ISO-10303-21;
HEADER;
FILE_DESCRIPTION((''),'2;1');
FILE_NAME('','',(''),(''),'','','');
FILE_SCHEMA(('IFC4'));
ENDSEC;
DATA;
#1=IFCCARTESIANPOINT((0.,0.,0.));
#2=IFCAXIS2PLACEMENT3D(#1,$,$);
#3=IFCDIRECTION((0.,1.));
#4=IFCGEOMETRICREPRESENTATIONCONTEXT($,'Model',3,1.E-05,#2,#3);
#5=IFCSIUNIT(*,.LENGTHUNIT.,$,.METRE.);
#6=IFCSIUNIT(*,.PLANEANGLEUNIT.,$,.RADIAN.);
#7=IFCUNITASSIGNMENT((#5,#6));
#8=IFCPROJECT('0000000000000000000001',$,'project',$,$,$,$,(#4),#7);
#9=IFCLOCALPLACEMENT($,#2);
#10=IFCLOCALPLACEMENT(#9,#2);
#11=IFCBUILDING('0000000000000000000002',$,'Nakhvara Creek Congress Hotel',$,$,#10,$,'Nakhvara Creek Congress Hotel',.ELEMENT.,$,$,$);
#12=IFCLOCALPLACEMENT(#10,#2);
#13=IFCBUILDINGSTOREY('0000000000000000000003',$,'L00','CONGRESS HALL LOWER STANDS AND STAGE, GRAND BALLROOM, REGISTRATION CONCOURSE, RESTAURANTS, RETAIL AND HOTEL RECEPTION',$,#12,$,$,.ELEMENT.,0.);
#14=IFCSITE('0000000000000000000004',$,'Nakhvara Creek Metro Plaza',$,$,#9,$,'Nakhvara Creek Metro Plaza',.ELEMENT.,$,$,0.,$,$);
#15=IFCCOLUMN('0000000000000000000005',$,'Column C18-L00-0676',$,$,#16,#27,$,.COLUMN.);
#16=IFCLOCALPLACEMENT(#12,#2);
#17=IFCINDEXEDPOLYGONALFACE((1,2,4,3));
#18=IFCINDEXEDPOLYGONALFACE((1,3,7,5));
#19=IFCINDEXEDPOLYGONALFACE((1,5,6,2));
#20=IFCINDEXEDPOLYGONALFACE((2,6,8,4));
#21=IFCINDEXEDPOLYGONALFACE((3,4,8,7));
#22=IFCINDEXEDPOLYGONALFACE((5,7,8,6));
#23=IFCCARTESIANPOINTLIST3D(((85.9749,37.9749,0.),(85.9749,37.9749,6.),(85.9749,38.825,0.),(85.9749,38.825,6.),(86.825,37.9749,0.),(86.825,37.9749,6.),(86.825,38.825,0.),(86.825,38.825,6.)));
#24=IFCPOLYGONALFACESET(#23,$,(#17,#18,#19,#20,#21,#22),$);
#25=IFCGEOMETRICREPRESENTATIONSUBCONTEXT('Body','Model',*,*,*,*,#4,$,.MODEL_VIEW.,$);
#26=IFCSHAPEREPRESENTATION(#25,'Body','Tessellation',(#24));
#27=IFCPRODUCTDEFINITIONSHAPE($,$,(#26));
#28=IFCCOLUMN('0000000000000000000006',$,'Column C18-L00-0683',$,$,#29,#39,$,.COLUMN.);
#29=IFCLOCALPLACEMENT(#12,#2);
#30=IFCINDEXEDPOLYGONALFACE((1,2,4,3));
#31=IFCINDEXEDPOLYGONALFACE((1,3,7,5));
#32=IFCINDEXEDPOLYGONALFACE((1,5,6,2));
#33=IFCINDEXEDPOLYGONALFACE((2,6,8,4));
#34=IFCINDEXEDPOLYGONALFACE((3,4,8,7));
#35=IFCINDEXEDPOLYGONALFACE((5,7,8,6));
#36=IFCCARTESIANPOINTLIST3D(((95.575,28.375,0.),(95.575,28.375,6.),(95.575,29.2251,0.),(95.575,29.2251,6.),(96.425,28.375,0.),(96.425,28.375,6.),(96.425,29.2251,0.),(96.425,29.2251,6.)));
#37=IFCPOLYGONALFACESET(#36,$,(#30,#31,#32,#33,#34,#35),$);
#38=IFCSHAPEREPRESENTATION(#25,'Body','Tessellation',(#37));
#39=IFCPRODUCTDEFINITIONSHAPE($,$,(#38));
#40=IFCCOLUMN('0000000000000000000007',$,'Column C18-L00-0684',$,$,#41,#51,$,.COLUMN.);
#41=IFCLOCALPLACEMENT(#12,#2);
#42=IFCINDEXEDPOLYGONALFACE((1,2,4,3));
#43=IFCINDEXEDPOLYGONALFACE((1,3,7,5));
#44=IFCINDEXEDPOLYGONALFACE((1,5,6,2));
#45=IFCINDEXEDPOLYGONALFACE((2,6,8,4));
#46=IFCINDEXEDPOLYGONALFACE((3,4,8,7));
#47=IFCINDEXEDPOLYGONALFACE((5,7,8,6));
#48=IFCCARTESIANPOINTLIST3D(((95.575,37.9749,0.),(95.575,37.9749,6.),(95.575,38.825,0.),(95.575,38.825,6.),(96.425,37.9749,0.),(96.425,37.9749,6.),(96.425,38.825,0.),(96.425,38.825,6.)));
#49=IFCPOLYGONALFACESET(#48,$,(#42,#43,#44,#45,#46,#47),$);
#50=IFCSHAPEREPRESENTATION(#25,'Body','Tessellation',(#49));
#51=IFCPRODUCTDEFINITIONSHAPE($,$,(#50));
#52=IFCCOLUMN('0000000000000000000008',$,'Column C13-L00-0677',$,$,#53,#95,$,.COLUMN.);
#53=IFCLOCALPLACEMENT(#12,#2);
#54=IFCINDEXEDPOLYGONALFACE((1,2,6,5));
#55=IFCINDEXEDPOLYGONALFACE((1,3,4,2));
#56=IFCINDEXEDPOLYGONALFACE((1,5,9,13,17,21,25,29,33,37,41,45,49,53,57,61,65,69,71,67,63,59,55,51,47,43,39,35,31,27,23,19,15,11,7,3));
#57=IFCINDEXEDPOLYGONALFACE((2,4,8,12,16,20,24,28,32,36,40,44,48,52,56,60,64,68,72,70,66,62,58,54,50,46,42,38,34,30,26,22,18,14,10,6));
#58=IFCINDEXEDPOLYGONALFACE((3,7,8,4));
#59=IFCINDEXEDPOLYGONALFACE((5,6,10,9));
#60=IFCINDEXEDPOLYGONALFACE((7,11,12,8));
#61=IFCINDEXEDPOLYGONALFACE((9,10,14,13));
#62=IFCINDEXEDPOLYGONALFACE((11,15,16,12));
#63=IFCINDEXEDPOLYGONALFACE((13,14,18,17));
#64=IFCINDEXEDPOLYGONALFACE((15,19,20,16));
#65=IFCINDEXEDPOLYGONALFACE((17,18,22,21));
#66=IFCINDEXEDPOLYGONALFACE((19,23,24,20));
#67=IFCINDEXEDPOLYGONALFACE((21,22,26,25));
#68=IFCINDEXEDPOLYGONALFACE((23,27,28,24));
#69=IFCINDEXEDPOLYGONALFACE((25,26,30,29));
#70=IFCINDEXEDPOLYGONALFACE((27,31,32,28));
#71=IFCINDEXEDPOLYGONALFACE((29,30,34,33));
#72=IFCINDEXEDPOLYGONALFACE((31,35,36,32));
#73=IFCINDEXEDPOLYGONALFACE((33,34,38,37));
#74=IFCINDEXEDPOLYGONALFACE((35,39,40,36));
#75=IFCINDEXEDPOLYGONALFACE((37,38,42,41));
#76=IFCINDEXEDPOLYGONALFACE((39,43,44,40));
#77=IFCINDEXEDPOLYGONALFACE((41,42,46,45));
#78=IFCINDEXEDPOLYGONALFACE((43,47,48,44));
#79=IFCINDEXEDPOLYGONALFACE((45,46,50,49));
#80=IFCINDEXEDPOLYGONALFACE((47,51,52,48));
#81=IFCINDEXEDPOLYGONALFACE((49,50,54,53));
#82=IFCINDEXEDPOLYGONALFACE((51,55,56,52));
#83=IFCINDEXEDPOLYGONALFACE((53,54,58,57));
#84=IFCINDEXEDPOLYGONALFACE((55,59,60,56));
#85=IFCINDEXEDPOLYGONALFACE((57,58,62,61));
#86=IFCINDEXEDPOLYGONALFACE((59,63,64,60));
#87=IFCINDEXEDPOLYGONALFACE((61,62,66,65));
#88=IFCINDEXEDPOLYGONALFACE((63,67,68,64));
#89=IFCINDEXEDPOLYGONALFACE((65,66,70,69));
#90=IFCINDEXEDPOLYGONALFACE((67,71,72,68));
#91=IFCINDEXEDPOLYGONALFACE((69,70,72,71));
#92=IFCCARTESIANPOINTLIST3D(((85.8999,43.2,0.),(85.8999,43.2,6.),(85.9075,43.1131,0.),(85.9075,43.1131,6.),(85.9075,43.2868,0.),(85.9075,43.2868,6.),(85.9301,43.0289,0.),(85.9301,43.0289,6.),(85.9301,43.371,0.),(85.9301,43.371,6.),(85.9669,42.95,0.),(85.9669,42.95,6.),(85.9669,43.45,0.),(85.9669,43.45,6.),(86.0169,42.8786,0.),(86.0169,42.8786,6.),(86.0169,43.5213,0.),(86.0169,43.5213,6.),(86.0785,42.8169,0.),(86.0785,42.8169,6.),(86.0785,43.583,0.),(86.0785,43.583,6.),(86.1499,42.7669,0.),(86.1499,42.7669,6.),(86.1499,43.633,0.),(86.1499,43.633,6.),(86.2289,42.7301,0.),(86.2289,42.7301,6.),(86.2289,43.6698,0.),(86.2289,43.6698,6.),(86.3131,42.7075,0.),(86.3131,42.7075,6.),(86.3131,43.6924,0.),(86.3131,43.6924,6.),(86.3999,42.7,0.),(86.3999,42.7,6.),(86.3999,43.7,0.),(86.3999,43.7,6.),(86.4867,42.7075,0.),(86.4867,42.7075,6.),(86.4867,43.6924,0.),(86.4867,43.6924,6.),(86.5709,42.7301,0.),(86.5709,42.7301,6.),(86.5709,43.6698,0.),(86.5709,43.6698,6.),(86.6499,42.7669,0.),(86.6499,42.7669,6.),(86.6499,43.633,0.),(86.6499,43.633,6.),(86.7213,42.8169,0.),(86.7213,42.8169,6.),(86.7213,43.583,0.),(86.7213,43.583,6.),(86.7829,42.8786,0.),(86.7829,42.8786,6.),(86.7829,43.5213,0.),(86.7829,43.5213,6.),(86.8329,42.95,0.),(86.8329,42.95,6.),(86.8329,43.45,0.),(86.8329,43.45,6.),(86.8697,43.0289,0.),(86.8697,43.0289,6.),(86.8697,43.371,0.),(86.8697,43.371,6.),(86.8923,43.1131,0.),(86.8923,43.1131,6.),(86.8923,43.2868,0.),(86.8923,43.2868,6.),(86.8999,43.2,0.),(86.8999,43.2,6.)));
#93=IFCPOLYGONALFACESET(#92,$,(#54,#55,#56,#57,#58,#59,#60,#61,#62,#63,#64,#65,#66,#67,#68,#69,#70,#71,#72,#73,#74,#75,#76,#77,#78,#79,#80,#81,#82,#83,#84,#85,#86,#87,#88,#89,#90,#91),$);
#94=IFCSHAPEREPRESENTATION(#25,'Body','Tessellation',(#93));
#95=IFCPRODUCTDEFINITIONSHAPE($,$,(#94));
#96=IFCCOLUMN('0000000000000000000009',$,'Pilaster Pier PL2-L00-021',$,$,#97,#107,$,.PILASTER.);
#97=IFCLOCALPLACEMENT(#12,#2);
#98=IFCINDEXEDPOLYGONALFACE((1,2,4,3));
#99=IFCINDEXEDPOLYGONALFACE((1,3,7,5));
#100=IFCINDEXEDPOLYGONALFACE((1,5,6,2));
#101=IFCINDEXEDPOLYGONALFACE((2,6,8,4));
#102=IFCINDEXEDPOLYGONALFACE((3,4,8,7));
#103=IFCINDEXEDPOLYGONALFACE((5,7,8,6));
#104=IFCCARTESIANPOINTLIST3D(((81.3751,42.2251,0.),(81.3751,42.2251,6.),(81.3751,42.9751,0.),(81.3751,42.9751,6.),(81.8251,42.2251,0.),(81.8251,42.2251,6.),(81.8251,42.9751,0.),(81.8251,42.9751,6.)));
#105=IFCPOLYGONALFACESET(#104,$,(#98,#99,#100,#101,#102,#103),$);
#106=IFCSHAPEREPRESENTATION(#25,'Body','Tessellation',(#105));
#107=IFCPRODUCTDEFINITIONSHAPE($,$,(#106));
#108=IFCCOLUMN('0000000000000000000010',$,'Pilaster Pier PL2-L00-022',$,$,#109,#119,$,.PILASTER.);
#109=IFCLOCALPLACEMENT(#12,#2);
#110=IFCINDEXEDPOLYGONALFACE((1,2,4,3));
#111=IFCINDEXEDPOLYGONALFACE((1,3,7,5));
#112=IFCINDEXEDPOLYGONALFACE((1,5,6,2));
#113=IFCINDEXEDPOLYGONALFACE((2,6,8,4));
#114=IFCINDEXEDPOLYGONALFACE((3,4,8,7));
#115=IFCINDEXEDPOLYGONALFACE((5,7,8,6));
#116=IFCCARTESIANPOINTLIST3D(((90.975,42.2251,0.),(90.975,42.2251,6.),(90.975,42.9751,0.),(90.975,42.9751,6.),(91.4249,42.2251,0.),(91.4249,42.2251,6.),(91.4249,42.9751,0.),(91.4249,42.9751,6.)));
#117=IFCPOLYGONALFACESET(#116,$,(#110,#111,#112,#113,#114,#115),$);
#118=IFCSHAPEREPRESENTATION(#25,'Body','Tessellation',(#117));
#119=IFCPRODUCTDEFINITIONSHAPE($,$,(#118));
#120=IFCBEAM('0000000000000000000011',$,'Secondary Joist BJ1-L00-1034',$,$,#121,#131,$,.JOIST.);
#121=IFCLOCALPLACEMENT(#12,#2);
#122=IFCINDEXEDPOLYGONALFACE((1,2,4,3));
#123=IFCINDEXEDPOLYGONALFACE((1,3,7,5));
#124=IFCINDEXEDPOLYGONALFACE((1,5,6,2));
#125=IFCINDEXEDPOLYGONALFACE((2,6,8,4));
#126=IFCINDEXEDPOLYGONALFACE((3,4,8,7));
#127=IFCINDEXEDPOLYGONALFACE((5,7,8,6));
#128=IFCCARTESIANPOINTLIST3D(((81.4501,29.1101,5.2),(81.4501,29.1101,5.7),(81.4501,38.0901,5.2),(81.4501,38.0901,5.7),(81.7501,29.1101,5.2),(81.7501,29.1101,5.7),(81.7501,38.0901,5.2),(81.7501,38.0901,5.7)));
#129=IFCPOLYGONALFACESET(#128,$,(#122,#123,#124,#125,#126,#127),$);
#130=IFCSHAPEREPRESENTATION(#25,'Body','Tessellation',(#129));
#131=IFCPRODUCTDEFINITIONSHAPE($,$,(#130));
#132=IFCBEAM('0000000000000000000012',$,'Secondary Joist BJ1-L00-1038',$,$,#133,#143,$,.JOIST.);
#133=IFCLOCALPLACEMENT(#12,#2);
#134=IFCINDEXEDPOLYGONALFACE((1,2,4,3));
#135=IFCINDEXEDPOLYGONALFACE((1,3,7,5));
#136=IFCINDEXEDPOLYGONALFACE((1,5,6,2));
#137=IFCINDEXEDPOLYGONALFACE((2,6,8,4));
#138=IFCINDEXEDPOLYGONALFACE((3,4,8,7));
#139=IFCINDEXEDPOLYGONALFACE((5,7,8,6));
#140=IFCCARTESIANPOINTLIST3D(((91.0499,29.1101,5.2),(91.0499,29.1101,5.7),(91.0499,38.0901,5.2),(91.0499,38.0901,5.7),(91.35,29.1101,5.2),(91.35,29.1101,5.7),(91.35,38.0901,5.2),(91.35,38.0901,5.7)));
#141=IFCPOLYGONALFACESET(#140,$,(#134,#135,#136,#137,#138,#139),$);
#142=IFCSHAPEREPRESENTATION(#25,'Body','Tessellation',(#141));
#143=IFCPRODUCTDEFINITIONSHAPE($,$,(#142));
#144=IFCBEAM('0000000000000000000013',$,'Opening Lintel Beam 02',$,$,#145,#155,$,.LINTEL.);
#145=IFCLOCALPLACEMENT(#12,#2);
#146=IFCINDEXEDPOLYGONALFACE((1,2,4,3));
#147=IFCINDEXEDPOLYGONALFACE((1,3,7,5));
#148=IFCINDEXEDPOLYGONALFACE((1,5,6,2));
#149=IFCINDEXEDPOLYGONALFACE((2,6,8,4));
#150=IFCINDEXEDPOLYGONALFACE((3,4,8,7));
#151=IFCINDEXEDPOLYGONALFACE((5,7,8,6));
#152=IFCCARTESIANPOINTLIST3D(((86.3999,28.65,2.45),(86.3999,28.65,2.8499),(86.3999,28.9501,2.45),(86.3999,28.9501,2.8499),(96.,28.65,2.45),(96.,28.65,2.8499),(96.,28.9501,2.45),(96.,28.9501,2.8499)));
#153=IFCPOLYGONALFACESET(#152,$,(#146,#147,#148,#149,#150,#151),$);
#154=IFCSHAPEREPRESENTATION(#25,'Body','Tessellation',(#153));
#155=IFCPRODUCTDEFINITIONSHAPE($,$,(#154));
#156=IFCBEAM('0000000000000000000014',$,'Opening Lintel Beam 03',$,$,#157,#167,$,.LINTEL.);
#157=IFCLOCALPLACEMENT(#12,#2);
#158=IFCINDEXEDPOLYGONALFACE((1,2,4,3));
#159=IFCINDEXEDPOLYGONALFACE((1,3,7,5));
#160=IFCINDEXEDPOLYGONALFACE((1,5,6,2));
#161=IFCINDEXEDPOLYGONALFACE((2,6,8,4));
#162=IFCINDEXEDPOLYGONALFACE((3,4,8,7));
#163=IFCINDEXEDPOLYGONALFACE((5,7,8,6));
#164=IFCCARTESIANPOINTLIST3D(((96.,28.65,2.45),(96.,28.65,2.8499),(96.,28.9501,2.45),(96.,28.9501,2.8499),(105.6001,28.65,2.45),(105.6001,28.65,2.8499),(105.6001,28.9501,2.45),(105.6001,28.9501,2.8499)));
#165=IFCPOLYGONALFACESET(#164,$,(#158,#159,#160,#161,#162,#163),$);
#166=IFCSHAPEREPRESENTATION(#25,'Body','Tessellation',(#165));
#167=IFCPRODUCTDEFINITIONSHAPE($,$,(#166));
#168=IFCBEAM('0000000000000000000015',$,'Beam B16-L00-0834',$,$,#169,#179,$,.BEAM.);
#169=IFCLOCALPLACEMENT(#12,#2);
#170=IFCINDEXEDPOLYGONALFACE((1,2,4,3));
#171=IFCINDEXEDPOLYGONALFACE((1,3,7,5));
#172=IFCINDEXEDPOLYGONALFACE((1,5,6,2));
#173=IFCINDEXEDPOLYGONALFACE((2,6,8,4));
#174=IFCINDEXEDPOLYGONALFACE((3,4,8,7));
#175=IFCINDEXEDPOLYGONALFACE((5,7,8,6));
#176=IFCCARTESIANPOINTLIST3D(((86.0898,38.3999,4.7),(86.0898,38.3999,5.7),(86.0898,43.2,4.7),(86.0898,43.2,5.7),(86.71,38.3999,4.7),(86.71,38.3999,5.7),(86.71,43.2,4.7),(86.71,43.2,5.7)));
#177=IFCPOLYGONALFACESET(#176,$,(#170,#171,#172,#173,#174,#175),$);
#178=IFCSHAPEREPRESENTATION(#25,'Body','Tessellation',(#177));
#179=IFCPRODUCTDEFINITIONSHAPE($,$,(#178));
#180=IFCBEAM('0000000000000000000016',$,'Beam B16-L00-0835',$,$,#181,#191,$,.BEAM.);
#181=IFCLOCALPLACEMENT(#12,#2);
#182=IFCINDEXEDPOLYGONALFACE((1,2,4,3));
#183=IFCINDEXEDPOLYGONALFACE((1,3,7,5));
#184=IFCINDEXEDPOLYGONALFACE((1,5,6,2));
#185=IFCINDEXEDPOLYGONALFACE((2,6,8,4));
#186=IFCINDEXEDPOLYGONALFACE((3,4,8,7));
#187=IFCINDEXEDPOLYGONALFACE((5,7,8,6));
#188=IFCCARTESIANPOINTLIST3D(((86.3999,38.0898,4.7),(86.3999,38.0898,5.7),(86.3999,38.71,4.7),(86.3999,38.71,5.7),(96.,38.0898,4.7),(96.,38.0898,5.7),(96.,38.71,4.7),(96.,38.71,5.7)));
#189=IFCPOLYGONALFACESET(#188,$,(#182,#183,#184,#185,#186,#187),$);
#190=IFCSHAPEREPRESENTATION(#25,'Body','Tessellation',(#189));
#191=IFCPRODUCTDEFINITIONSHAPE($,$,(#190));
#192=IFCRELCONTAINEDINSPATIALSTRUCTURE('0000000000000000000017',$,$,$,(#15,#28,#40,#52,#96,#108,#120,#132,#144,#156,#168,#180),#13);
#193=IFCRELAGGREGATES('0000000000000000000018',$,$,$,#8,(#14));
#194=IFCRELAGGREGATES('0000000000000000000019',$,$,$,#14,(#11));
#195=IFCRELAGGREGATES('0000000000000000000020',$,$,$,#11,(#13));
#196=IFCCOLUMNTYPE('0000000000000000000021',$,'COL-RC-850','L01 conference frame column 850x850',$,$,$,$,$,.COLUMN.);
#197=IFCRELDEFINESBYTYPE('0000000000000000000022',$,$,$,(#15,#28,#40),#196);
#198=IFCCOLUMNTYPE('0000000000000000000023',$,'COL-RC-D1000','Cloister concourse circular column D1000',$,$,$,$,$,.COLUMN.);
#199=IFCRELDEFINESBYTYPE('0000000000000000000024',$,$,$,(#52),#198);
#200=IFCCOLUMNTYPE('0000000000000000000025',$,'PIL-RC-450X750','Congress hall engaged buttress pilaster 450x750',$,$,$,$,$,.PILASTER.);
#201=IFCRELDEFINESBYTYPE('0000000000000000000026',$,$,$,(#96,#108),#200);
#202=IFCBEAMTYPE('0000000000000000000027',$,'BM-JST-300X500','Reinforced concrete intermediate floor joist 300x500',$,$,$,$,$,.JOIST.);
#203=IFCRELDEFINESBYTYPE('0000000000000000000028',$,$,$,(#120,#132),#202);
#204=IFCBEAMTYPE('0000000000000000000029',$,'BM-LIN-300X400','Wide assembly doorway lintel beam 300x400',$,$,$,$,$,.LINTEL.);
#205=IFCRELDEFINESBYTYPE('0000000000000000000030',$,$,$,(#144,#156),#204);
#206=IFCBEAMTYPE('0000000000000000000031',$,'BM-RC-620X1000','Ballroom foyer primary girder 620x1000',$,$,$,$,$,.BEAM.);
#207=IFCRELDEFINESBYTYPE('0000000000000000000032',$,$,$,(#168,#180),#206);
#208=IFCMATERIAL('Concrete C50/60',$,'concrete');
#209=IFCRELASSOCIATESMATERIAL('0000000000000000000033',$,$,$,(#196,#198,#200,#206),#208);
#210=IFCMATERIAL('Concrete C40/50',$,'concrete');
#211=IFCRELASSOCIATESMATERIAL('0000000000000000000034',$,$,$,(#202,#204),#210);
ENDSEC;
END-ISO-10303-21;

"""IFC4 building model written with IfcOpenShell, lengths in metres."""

from ifc_helpers import new_model, si_unit, direction, frame, origin, origin_2d, place, context, subcontext, project, spatial, rectangle, circle, extrude, material, material_profile, profile_set, type_object, element, save


model = new_model("IFC4")

# Units and contexts
model_context = context("Model", 3, precision=1e-05, world=origin(), true_north=direction((0.0, 1.0)))
body_context = subcontext(model_context, "Body", "Model", "MODEL_VIEW")
ifc_project = project(units=[si_unit("LENGTHUNIT", "METRE"), si_unit("PLANEANGLEUNIT", "RADIAN")], contexts=[model_context])

# Site, building, storey
site_placement = place(None, origin())
site = spatial("IfcSite", under=ifc_project, at=site_placement, Name="Nakhvara Creek Metro Plaza", LongName="Nakhvara Creek Metro Plaza", CompositionType="ELEMENT", RefElevation=0.0)
building_placement = place(site_placement, origin())
building = spatial("IfcBuilding", under=site, at=building_placement, Name="Nakhvara Creek Congress Hotel", LongName="Nakhvara Creek Congress Hotel", CompositionType="ELEMENT")
storey_placement = place(building_placement, origin())
storey = spatial("IfcBuildingStorey", under=building, at=storey_placement, Name="L00", Description="CONGRESS HALL LOWER STANDS AND STAGE, GRAND BALLROOM, REGISTRATION CONCOURSE, RESTAURANTS, RETAIL AND HOTEL RECEPTION", CompositionType="ELEMENT", Elevation=0.0)

# Columns
ifc_material_1 = material(Name="Concrete C50/60", Category="concrete")
ifc_material_profile_1 = material_profile(ifc_material_1, rectangle(XDim=0.8501, YDim=0.8501, at=origin_2d()), Name="RC-COL 850x850", Category="LoadBearing")
ifc_profile_set_1 = profile_set([ifc_material_profile_1], Name="Concrete C50/60")
column_type_1 = type_object("IfcColumnType", Name="COL-RC-850", Description="L01 conference frame column 850x850", PredefinedType="COLUMN", material=ifc_profile_set_1)
for number, where, z_axis, x_axis, name in (
    (1, (86.3999, 38.3999, 0.0), (0.0, 0.0, 1.0), (1.0, 0.0, 0.0), "Column C18-L00-0676"),
    (2, (96.0, 28.8, 0.0), (0.0, 0.0, 1.0), (1.0, 0.0, 0.0), "Column C18-L00-0683"),
    (3, (96.0, 38.3999, 0.0), (0.0, 0.0, 1.0), (1.0, 0.0, 0.0), "Column C18-L00-0684"),
):
    element("IfcColumn", number, at=place(storey_placement, frame(where, z_axis=z_axis, x_axis=x_axis)), inside=storey, type_object=column_type_1, Name=name, PredefinedType="COLUMN", context=body_context, shape_type="SweptSolid", body=[
        extrude(rectangle(XDim=0.8501, YDim=0.8501, at=origin_2d()), origin(), (0.0, 0.0, 1.0), 6.0),
    ])
ifc_material_profile_2 = material_profile(ifc_material_1, circle(Radius=0.5, at=origin_2d()), Name="RC-COL D1000", Category="LoadBearing")
ifc_profile_set_2 = profile_set([ifc_material_profile_2], Name="Concrete C50/60")
column_type_2 = type_object("IfcColumnType", Name="COL-RC-D1000", Description="Cloister concourse circular column D1000", PredefinedType="COLUMN", material=ifc_profile_set_2)
column_placement = place(storey_placement, frame((86.3999, 43.2, 0.0), z_axis=(0.0, 0.0, 1.0), x_axis=(1.0, 0.0, 0.0)))
element("IfcColumn", 4, at=column_placement, inside=storey, type_object=column_type_2, Name="Column C13-L00-0677", PredefinedType="COLUMN", context=body_context, shape_type="SweptSolid", body=[
    extrude(circle(Radius=0.5, at=origin_2d()), origin(), (0.0, 0.0, 1.0), 6.0),
])
ifc_material_profile_3 = material_profile(ifc_material_1, rectangle(XDim=0.45, YDim=0.75, at=origin_2d()), Name="RC-PIL 450x750", Category="LoadBearing")
ifc_profile_set_3 = profile_set([ifc_material_profile_3], Name="Concrete C50/60")
column_type_3 = type_object("IfcColumnType", Name="PIL-RC-450X750", Description="Congress hall engaged buttress pilaster 450x750", PredefinedType="PILASTER", material=ifc_profile_set_3)
for number, where, z_axis, x_axis, name in (
    (5, (81.6001, 42.6001, 0.0), (0.0, 0.0, 1.0), (1.0, 0.0, 0.0), "Pilaster Pier PL2-L00-021"),
    (6, (91.2, 42.6001, 0.0), (0.0, 0.0, 1.0), (1.0, 0.0, 0.0), "Pilaster Pier PL2-L00-022"),
):
    element("IfcColumn", number, at=place(storey_placement, frame(where, z_axis=z_axis, x_axis=x_axis)), inside=storey, type_object=column_type_3, Name=name, PredefinedType="PILASTER", context=body_context, shape_type="SweptSolid", body=[
        extrude(rectangle(XDim=0.45, YDim=0.75, at=origin_2d()), origin(), (0.0, 0.0, 1.0), 6.0),
    ])

# Beams
ifc_material_2 = material(Name="Concrete C40/50", Category="concrete")
ifc_material_profile_4 = material_profile(ifc_material_2, rectangle(XDim=0.3, YDim=0.5, at=origin_2d()), Name="RC-BM 300x500", Category="LoadBearing")
ifc_profile_set_4 = profile_set([ifc_material_profile_4], Name="Concrete C40/50")
beam_type_1 = type_object("IfcBeamType", Name="BM-JST-300X500", Description="Reinforced concrete intermediate floor joist 300x500", PredefinedType="JOIST", material=ifc_profile_set_4)
for number, where, z_axis, x_axis, name in (
    (7, (81.6001, 29.1101, 5.45), (0.0, 1.0, 0.0), (-1.0, 0.0, 0.0), "Secondary Joist BJ1-L00-1034"),
    (8, (91.2, 29.1101, 5.45), (0.0, 1.0, 0.0), (-1.0, 0.0, 0.0), "Secondary Joist BJ1-L00-1038"),
):
    element("IfcBeam", number, at=place(storey_placement, frame(where, z_axis=z_axis, x_axis=x_axis)), inside=storey, type_object=beam_type_1, Name=name, PredefinedType="JOIST", context=body_context, shape_type="SweptSolid", body=[
        extrude(rectangle(XDim=0.3, YDim=0.5, at=origin_2d()), origin(), (0.0, 0.0, 1.0), 8.98),
    ])
ifc_material_profile_5 = material_profile(ifc_material_2, rectangle(XDim=0.3, YDim=0.3999, at=origin_2d()), Name="RC-LINTEL 300x400", Category="LoadBearing")
ifc_profile_set_5 = profile_set([ifc_material_profile_5], Name="Concrete C40/50")
beam_type_2 = type_object("IfcBeamType", Name="BM-LIN-300X400", Description="Wide assembly doorway lintel beam 300x400", PredefinedType="LINTEL", material=ifc_profile_set_5)
for number, where, z_axis, x_axis, name in (
    (9, (86.3999, 28.8, 2.6499), (1.0, 0.0, 0.0), (0.0, 1.0, 0.0), "Opening Lintel Beam 02"),
    (10, (96.0, 28.8, 2.6499), (1.0, 0.0, 0.0), (0.0, 1.0, 0.0), "Opening Lintel Beam 03"),
):
    element("IfcBeam", number, at=place(storey_placement, frame(where, z_axis=z_axis, x_axis=x_axis)), inside=storey, type_object=beam_type_2, Name=name, PredefinedType="LINTEL", context=body_context, shape_type="SweptSolid", body=[
        extrude(rectangle(XDim=0.3, YDim=0.3999, at=origin_2d()), origin(), (0.0, 0.0, 1.0), 9.6001),
    ])
ifc_material_profile_6 = material_profile(ifc_material_1, rectangle(XDim=0.6201, YDim=1.0, at=origin_2d()), Name="RC-BM 620x1000", Category="LoadBearing")
ifc_profile_set_6 = profile_set([ifc_material_profile_6], Name="Concrete C50/60")
beam_type_3 = type_object("IfcBeamType", Name="BM-RC-620X1000", Description="Ballroom foyer primary girder 620x1000", PredefinedType="BEAM", material=ifc_profile_set_6)
beam_1_placement = place(storey_placement, frame((86.3999, 38.3999, 5.2), z_axis=(0.0, 1.0, 0.0), x_axis=(-1.0, 0.0, 0.0)))
element("IfcBeam", 11, at=beam_1_placement, inside=storey, type_object=beam_type_3, Name="Beam B16-L00-0834", PredefinedType="BEAM", context=body_context, shape_type="SweptSolid", body=[
    extrude(rectangle(XDim=0.6201, YDim=1.0, at=origin_2d()), origin(), (0.0, 0.0, 1.0), 4.8),
])
for number, where, z_axis, x_axis, name in (
    (12, (86.3999, 38.3999, 5.2), (1.0, 0.0, 0.0), (0.0, 1.0, 0.0), "Beam B16-L00-0835"),
):
    element("IfcBeam", number, at=place(storey_placement, frame(where, z_axis=z_axis, x_axis=x_axis)), inside=storey, type_object=beam_type_3, Name=name, PredefinedType="BEAM", context=body_context, shape_type="SweptSolid", body=[
        extrude(rectangle(XDim=0.6201, YDim=1.0, at=origin_2d()), origin(), (0.0, 0.0, 1.0), 9.6001),
    ])

save(model, "model.ifc")
